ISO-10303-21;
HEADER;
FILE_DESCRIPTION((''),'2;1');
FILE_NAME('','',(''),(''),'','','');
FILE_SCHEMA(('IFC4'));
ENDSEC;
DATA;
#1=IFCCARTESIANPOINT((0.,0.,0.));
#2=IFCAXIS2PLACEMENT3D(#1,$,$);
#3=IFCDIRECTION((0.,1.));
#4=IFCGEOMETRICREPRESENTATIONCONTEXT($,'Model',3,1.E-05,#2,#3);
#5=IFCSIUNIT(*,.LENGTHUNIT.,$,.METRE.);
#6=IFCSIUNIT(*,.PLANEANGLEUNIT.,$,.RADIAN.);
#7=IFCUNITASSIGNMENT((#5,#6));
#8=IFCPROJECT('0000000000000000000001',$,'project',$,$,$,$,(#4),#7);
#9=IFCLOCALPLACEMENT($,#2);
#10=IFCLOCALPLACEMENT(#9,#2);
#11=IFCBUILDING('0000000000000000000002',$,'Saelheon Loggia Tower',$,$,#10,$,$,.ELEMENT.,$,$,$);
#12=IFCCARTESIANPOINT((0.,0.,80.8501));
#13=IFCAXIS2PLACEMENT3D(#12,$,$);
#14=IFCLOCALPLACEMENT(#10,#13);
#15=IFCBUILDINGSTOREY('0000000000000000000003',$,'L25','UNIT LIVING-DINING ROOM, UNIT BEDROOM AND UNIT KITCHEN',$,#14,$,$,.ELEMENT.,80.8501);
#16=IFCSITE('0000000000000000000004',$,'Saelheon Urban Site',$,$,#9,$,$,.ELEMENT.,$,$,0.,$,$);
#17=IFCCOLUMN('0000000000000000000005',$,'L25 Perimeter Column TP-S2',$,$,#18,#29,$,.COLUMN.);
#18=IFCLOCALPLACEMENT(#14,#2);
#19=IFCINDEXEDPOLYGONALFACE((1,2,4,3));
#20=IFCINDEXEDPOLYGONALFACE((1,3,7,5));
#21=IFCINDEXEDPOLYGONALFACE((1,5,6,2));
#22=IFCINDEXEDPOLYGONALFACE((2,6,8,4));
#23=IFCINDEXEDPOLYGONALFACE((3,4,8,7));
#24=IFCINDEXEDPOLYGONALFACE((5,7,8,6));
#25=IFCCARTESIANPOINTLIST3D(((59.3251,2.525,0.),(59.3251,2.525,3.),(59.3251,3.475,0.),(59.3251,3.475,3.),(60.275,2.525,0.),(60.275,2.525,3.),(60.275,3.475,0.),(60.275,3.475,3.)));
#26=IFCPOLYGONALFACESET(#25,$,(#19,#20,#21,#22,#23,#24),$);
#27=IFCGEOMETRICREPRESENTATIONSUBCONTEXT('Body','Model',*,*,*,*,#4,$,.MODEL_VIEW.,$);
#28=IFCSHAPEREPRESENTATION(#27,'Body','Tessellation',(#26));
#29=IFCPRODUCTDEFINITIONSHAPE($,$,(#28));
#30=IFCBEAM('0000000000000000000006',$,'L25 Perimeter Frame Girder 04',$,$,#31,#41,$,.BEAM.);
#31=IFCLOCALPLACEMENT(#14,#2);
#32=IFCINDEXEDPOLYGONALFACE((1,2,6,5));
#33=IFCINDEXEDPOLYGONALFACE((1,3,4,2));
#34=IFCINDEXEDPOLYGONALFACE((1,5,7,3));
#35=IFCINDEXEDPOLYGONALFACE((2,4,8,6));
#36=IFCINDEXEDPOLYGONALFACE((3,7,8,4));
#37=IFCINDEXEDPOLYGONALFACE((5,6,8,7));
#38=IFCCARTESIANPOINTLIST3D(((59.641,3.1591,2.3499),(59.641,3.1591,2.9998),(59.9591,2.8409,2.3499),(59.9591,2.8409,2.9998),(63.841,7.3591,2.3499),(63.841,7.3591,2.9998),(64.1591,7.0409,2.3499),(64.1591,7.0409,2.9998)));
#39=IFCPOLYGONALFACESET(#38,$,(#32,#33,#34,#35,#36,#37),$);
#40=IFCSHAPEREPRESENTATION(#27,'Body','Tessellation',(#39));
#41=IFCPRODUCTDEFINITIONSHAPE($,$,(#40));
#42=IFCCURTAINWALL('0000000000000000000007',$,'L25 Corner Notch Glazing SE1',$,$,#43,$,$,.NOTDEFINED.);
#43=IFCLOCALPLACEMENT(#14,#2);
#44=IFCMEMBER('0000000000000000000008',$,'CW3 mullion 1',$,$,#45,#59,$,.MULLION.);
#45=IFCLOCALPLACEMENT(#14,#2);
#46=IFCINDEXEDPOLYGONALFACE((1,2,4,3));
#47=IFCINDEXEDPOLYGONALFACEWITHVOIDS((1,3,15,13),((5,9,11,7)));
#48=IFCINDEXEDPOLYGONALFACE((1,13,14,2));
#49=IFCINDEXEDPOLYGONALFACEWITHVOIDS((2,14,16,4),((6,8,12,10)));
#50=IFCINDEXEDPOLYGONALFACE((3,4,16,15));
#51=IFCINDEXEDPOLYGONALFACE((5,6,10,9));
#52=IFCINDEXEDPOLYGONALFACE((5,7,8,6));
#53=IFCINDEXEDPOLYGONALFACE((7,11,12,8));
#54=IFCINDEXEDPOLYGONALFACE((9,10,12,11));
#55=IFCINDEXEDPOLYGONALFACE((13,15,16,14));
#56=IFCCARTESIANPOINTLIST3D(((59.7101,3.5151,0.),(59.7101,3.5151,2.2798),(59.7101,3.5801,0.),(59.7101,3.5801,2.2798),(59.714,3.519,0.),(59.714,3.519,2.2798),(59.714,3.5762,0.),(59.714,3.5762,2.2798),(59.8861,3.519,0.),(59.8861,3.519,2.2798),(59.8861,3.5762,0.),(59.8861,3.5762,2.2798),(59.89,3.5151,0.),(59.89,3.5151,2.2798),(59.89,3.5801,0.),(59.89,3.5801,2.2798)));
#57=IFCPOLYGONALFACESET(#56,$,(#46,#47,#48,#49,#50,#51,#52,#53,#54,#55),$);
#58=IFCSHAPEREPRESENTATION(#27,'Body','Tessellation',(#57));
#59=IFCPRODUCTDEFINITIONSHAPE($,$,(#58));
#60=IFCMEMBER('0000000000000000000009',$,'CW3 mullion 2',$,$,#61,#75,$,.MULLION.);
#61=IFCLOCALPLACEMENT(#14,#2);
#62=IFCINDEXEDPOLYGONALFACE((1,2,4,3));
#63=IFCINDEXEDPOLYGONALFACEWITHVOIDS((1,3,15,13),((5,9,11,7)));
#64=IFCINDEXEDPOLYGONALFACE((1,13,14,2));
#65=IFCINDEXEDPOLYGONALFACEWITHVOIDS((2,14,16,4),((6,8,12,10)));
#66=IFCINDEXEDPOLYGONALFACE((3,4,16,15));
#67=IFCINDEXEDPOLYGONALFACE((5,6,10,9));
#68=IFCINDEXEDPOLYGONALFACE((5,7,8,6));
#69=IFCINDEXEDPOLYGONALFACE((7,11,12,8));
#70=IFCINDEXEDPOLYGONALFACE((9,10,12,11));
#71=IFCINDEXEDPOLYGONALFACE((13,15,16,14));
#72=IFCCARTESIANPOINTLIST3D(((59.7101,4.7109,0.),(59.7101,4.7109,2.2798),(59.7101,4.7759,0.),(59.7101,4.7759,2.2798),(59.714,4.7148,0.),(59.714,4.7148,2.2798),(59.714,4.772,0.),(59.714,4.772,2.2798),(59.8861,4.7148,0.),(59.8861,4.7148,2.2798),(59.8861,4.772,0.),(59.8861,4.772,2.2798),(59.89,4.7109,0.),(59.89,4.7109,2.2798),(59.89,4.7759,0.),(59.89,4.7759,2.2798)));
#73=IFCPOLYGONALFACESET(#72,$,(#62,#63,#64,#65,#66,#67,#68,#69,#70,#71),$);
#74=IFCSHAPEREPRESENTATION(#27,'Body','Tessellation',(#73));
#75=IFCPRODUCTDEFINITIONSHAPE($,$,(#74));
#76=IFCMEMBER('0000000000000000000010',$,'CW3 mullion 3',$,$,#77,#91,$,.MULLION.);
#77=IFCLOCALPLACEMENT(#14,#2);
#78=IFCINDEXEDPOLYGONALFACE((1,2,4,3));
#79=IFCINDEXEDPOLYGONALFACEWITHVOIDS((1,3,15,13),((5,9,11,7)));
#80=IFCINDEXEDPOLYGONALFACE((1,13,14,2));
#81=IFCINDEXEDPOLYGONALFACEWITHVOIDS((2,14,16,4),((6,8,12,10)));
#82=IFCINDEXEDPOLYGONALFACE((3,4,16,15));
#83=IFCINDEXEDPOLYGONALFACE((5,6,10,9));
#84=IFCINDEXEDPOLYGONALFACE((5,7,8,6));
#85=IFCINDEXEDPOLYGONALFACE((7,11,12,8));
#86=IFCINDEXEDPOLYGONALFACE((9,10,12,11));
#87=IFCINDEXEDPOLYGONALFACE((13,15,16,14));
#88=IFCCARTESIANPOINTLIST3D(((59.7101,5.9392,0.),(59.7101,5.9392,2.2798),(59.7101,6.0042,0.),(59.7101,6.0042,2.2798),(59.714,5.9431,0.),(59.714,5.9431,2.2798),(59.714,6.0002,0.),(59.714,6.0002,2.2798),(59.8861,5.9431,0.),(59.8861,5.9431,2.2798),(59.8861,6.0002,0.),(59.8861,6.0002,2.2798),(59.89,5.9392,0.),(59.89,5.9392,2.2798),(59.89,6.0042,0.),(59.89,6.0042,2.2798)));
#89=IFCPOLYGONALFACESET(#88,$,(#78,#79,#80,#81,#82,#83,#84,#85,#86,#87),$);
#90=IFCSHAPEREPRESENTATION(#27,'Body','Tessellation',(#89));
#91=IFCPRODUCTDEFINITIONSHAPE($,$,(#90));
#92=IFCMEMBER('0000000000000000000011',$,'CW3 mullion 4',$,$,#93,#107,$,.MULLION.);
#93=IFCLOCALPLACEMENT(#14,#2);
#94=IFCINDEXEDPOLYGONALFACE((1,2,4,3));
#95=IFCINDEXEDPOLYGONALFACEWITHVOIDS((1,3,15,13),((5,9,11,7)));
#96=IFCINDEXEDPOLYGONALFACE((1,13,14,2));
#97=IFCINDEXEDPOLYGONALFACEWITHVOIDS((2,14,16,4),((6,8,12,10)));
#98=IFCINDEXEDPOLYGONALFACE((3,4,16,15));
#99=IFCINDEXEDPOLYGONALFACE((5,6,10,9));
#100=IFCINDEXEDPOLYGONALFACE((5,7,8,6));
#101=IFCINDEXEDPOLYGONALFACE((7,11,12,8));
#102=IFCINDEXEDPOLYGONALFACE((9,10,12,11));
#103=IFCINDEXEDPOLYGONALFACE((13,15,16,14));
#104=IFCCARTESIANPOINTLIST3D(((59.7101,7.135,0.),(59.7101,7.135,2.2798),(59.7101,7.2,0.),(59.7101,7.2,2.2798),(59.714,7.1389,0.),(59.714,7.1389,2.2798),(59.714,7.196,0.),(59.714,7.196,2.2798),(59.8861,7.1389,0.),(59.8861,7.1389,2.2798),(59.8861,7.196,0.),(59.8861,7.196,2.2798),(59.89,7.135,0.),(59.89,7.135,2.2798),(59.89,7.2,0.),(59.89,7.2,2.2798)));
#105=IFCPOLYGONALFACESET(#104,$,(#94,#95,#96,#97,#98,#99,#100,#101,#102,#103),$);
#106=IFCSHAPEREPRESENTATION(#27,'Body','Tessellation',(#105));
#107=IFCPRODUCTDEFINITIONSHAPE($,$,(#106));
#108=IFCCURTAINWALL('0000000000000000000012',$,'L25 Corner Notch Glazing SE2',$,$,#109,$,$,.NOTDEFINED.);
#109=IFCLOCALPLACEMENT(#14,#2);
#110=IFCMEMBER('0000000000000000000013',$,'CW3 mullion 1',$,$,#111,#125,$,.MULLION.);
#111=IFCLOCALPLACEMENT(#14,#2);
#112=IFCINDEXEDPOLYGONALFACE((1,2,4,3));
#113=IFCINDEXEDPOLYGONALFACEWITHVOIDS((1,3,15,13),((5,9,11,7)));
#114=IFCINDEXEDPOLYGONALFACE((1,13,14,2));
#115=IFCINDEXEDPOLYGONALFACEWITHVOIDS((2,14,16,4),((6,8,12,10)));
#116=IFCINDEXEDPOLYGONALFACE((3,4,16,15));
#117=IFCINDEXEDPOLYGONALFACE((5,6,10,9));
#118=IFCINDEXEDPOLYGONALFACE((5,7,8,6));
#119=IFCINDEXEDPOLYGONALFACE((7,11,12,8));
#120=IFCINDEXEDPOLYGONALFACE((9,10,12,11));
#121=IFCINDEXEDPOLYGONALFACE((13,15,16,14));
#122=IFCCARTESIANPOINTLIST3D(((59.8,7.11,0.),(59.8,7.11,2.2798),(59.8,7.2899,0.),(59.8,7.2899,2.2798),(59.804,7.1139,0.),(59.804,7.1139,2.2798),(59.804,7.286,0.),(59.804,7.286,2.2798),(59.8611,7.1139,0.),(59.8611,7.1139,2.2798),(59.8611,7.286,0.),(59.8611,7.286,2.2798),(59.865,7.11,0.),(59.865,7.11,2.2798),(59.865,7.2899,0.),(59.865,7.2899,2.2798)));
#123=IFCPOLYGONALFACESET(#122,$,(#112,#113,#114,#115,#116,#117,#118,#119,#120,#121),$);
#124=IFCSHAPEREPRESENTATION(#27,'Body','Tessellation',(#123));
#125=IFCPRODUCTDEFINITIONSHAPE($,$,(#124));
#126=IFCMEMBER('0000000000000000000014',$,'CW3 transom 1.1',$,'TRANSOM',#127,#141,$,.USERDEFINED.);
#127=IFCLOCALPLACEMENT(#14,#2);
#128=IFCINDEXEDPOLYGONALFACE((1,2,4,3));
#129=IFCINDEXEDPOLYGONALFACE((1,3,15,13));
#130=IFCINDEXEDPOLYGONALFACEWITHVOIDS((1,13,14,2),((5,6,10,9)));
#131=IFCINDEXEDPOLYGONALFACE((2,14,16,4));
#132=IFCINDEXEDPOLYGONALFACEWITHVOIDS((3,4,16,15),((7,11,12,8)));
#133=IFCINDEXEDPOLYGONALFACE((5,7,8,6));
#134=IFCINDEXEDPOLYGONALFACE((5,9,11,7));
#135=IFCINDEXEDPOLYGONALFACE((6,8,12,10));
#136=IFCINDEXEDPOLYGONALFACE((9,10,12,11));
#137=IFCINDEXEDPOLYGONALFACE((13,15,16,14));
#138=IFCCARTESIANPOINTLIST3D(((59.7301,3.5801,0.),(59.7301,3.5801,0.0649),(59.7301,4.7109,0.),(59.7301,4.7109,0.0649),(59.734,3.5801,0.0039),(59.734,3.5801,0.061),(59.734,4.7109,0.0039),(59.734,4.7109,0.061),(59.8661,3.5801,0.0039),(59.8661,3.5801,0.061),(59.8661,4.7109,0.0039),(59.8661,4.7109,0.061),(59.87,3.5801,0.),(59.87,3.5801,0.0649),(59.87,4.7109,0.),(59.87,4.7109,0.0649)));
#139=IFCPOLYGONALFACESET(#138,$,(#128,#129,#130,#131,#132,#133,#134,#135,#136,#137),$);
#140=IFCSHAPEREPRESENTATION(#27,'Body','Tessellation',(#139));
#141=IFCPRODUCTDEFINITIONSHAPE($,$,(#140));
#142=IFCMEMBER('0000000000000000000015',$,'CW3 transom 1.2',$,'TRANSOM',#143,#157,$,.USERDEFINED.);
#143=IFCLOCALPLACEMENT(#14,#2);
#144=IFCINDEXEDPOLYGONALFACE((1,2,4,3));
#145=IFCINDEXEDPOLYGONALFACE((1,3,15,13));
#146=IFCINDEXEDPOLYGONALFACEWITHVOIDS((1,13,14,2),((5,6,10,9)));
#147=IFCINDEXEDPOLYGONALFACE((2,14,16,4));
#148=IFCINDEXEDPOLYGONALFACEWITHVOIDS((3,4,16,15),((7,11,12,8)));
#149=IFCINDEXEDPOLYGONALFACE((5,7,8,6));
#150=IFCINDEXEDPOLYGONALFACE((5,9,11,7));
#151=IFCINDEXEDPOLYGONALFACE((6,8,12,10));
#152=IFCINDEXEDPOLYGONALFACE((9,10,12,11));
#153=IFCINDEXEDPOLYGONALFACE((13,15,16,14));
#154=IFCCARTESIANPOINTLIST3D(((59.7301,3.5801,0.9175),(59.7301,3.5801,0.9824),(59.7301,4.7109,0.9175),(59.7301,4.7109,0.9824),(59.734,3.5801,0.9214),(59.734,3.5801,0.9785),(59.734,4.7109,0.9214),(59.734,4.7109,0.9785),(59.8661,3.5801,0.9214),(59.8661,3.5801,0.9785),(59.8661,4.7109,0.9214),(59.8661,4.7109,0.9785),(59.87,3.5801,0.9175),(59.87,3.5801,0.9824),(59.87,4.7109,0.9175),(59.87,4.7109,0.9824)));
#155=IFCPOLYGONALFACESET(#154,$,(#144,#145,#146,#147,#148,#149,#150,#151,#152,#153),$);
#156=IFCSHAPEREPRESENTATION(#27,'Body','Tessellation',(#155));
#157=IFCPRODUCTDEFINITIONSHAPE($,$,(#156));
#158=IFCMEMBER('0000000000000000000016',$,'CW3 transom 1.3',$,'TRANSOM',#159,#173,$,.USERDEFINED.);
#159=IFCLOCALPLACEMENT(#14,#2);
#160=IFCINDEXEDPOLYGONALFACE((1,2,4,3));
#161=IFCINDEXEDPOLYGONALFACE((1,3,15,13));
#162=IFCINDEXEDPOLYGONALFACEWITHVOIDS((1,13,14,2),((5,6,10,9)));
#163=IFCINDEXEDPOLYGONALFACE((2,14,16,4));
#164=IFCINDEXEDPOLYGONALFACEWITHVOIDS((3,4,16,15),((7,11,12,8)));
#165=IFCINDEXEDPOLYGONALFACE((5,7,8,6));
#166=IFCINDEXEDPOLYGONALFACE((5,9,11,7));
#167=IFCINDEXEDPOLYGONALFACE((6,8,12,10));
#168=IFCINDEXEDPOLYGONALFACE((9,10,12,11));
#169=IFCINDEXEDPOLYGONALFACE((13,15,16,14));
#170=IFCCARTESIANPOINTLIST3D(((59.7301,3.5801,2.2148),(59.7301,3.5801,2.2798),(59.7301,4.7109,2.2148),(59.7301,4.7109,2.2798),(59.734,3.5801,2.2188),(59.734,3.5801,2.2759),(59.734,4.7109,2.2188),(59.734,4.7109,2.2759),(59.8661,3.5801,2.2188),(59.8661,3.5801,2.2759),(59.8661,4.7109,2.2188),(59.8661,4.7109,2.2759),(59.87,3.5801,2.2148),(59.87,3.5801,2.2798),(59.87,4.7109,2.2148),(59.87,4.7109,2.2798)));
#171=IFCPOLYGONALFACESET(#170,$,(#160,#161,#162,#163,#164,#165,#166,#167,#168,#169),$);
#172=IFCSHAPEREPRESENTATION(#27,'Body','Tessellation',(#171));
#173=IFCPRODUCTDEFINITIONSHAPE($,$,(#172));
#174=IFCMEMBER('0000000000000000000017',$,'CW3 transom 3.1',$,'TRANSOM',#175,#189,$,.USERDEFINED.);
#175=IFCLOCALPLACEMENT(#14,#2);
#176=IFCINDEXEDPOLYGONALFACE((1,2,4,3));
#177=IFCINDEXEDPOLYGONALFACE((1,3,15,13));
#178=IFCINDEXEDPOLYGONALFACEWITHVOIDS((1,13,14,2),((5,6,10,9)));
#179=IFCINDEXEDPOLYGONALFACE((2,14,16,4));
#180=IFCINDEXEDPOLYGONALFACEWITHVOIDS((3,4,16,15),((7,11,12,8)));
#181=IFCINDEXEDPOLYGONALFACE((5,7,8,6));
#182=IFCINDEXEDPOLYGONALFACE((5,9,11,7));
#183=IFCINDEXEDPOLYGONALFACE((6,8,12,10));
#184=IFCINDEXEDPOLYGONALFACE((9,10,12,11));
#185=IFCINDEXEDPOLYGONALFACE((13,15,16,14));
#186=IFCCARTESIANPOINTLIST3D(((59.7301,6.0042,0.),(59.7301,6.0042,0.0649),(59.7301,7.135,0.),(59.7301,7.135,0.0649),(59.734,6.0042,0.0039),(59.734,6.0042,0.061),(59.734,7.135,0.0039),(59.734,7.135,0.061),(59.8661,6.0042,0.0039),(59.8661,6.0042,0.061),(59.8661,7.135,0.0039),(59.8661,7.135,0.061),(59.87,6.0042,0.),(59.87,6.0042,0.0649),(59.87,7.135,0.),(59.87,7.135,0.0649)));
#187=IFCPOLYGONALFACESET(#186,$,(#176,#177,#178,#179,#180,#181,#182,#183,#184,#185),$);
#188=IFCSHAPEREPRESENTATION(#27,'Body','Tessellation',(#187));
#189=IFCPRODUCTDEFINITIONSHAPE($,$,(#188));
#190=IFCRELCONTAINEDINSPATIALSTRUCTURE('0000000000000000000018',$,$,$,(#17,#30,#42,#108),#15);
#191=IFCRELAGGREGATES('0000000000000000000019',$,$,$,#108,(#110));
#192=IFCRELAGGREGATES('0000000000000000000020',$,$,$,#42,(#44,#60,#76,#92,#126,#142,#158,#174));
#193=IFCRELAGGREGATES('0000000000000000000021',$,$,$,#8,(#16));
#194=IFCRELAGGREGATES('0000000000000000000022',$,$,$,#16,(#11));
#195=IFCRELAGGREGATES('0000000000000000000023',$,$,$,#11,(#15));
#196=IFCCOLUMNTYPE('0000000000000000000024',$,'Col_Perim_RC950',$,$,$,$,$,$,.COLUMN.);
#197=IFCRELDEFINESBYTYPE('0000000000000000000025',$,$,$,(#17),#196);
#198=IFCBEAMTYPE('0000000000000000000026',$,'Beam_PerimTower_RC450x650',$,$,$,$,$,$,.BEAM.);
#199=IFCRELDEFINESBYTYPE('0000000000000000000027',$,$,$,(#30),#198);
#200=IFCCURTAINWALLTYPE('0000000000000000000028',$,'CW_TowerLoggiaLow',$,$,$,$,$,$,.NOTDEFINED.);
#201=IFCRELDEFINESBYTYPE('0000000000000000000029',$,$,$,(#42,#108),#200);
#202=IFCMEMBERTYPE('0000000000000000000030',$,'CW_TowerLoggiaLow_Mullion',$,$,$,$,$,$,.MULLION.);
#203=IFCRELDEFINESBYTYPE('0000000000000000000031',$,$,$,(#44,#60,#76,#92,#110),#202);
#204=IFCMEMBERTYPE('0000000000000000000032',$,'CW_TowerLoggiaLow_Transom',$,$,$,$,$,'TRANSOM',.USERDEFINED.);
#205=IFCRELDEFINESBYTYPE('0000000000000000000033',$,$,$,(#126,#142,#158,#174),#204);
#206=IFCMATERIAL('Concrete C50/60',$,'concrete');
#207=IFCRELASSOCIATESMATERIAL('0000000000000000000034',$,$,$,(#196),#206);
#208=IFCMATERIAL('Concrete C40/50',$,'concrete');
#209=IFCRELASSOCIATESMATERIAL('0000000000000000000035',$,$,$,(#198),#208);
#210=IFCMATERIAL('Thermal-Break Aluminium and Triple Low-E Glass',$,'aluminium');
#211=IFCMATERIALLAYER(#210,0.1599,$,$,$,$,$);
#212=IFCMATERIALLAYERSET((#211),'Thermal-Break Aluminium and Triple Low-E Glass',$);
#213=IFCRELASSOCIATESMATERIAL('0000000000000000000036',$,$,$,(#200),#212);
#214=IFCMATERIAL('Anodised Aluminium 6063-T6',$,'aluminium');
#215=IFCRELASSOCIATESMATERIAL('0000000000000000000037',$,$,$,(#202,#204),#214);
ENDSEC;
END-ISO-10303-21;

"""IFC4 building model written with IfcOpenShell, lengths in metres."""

from ifc_helpers import new_model, si_unit, direction, frame, origin, origin_2d, place, context, subcontext, project, spatial, rectangle, hollow_rectangle, extrude, source, transform, mapped, material, layer, layer_set, material_profile, profile_set, type_object, element, aggregate, save


model = new_model("IFC4")

# Units and contexts
model_context = context("Model", 3, precision=1e-05, world=origin(), true_north=direction((0.0, 1.0)))
body_context = subcontext(model_context, "Body", "Model", "MODEL_VIEW")
ifc_project = project(units=[si_unit("LENGTHUNIT", "METRE"), si_unit("PLANEANGLEUNIT", "RADIAN")], contexts=[model_context])

# Site, building, storey
site_placement = place(None, origin())
site = spatial("IfcSite", under=ifc_project, at=site_placement, Name="Saelheon Urban Site", CompositionType="ELEMENT", RefElevation=0.0)
building_placement = place(site_placement, origin())
building = spatial("IfcBuilding", under=site, at=building_placement, Name="Saelheon Loggia Tower", CompositionType="ELEMENT")
storey_placement = place(building_placement, frame((0.0, 0.0, 80.8501)))
storey = spatial("IfcBuildingStorey", under=building, at=storey_placement, Name="L25", Description="UNIT LIVING-DINING ROOM, UNIT BEDROOM AND UNIT KITCHEN", CompositionType="ELEMENT", Elevation=80.8501)

# Column
ifc_material_1 = material(Name="Concrete C50/60", Category="concrete")
ifc_material_profile_1 = material_profile(ifc_material_1, rectangle(XDim=0.95, YDim=0.95, at=origin_2d()), Name="RC-950x950")
ifc_profile_set_1 = profile_set([ifc_material_profile_1], Name="Concrete C50/60")
column_type = type_object("IfcColumnType", Name="Col_Perim_RC950", PredefinedType="COLUMN", material=ifc_profile_set_1)
shared_shape_1 = source(origin(), body_context, "Body", "SweptSolid", [
    extrude(rectangle(XDim=0.95, YDim=0.95, at=origin_2d()), origin(), (0.0, 0.0, 1.0), 3.0),
])
column_placement = place(storey_placement, frame((59.8, 3.0, 0.0), z_axis=(0.0, 0.0, 1.0), x_axis=(1.0, 0.0, 0.0)))
element("IfcColumn", 1, at=column_placement, inside=storey, type_object=column_type, Name="L25 Perimeter Column TP-S2", PredefinedType="COLUMN", context=body_context, shape_type="MappedRepresentation", body=[
    mapped(shared_shape_1, transform((0.0, 0.0, 0.0), scale=1.0)),
])

# Beam
ifc_material_2 = material(Name="Concrete C40/50", Category="concrete")
ifc_material_profile_2 = material_profile(ifc_material_2, rectangle(XDim=0.45, YDim=0.6499, at=origin_2d()), Name="RC-450x650")
ifc_profile_set_2 = profile_set([ifc_material_profile_2], Name="Concrete C40/50")
beam_type = type_object("IfcBeamType", Name="Beam_PerimTower_RC450x650", PredefinedType="BEAM", material=ifc_profile_set_2)
shared_shape_2 = source(origin(), body_context, "Body", "SweptSolid", [
    extrude(rectangle(XDim=0.45, YDim=0.6499, at=origin_2d()), origin(), (0.0, 0.0, 1.0), 5.9397),
])
beam_placement = place(storey_placement, frame((59.8, 3.0, 2.6748), z_axis=(0.707107, 0.707107, 0.0), x_axis=(-0.707107, 0.707107, 0.0)))
element("IfcBeam", 2, at=beam_placement, inside=storey, type_object=beam_type, Name="L25 Perimeter Frame Girder 04", PredefinedType="BEAM", context=body_context, shape_type="MappedRepresentation", body=[
    mapped(shared_shape_2, transform((0.0, 0.0, 0.0), scale=1.0)),
])

# Curtain wall, members
ifc_material_3 = material(Name="Thermal-Break Aluminium and Triple Low-E Glass", Category="aluminium")
ifc_layer_1 = layer(ifc_material_3, 0.1599)
ifc_layer_set_1 = layer_set([ifc_layer_1], Name="Thermal-Break Aluminium and Triple Low-E Glass")
curtain_wall_type = type_object("IfcCurtainWallType", Name="CW_TowerLoggiaLow", PredefinedType="NOTDEFINED", material=ifc_layer_set_1)
curtain_wall_1_placement = place(storey_placement, origin())
curtain_wall_1 = element("IfcCurtainWall", 3, at=curtain_wall_1_placement, inside=storey, type_object=curtain_wall_type, Name="L25 Corner Notch Glazing SE1", PredefinedType="NOTDEFINED")
ifc_material_4 = material(Name="Anodised Aluminium 6063-T6", Category="aluminium")
ifc_material_profile_3 = material_profile(ifc_material_4, hollow_rectangle(XDim=0.0649, YDim=0.1799, WallThickness=0.0039, at=origin_2d()), Name="RHS-180x65x4")
ifc_profile_set_3 = profile_set([ifc_material_profile_3], Name="Anodised Aluminium 6063-T6")
member_type_1 = type_object("IfcMemberType", Name="CW_TowerLoggiaLow_Mullion", PredefinedType="MULLION", material=ifc_profile_set_3)
shared_shape_3 = source(origin(), body_context, "Body", "SweptSolid", [
    extrude(hollow_rectangle(XDim=0.0649, YDim=0.1799, WallThickness=0.0039, at=origin_2d()), origin(), (0.0, 0.0, 1.0), 2.2798),
])
member_1_placement = place(storey_placement, frame((59.8, 3.5476, 0.0), z_axis=(0.0, 0.0, 1.0), x_axis=(0.0, 1.0, 0.0)))
member_1 = element("IfcMember", 4, at=member_1_placement, type_object=member_type_1, Name="CW3 mullion 1", PredefinedType="MULLION", context=body_context, shape_type="MappedRepresentation", body=[
    mapped(shared_shape_3, transform((0.0, 0.0, 0.0), scale=1.0)),
])
member_2_placement = place(storey_placement, frame((59.8, 4.7434, 0.0), z_axis=(0.0, 0.0, 1.0), x_axis=(0.0, 1.0, 0.0)))
member_2 = element("IfcMember", 5, at=member_2_placement, type_object=member_type_1, Name="CW3 mullion 2", PredefinedType="MULLION", context=body_context, shape_type="MappedRepresentation", body=[
    mapped(shared_shape_3, transform((0.0, 0.0, 0.0), scale=1.0)),
])
member_3_placement = place(storey_placement, frame((59.8, 5.9717, 0.0), z_axis=(0.0, 0.0, 1.0), x_axis=(0.0, 1.0, 0.0)))
member_3 = element("IfcMember", 6, at=member_3_placement, type_object=member_type_1, Name="CW3 mullion 3", PredefinedType="MULLION", context=body_context, shape_type="MappedRepresentation", body=[
    mapped(shared_shape_3, transform((0.0, 0.0, 0.0), scale=1.0)),
])
member_4_placement = place(storey_placement, frame((59.8, 7.1675, 0.0), z_axis=(0.0, 0.0, 1.0), x_axis=(0.0, 1.0, 0.0)))
member_4 = element("IfcMember", 7, at=member_4_placement, type_object=member_type_1, Name="CW3 mullion 4", PredefinedType="MULLION", context=body_context, shape_type="MappedRepresentation", body=[
    mapped(shared_shape_3, transform((0.0, 0.0, 0.0), scale=1.0)),
])

# Curtain wall, member
curtain_wall_2_placement = place(storey_placement, origin())
curtain_wall_2 = element("IfcCurtainWall", 8, at=curtain_wall_2_placement, inside=storey, type_object=curtain_wall_type, Name="L25 Corner Notch Glazing SE2", PredefinedType="NOTDEFINED")
member_5_placement = place(storey_placement, frame((59.8325, 7.2, 0.0), z_axis=(0.0, 0.0, 1.0), x_axis=(1.0, 0.0, 0.0)))
member_5 = element("IfcMember", 9, at=member_5_placement, type_object=member_type_1, Name="CW3 mullion 1", PredefinedType="MULLION", context=body_context, shape_type="MappedRepresentation", body=[
    mapped(shared_shape_3, transform((0.0, 0.0, 0.0), scale=1.0)),
])

# Members
ifc_material_profile_4 = material_profile(ifc_material_4, hollow_rectangle(XDim=0.0649, YDim=0.1399, WallThickness=0.0039, at=origin_2d()), Name="RHS-140x65x4")
ifc_profile_set_4 = profile_set([ifc_material_profile_4], Name="Anodised Aluminium 6063-T6")
member_type_2 = type_object("IfcMemberType", Name="CW_TowerLoggiaLow_Transom", ElementType="TRANSOM", PredefinedType="USERDEFINED", material=ifc_profile_set_4)
shared_shape_4 = source(origin(), body_context, "Body", "SweptSolid", [
    extrude(hollow_rectangle(XDim=0.0649, YDim=0.1399, WallThickness=0.0039, at=origin_2d()), origin(), (0.0, 0.0, 1.0), 1.1309),
])
member_6_placement = place(storey_placement, frame((59.8, 3.5801, 0.0325), z_axis=(0.0, 1.0, 0.0), x_axis=(0.0, 0.0, 1.0)))
member_6 = element("IfcMember", 10, at=member_6_placement, type_object=member_type_2, Name="CW3 transom 1.1", ObjectType="TRANSOM", PredefinedType="USERDEFINED", context=body_context, shape_type="MappedRepresentation", body=[
    mapped(shared_shape_4, transform((0.0, 0.0, 0.0), scale=1.0)),
])
member_7_placement = place(storey_placement, frame((59.8, 3.5801, 0.95), z_axis=(0.0, 1.0, 0.0), x_axis=(0.0, 0.0, 1.0)))
member_7 = element("IfcMember", 11, at=member_7_placement, type_object=member_type_2, Name="CW3 transom 1.2", ObjectType="TRANSOM", PredefinedType="USERDEFINED", context=body_context, shape_type="MappedRepresentation", body=[
    mapped(shared_shape_4, transform((0.0, 0.0, 0.0), scale=1.0)),
])
member_8_placement = place(storey_placement, frame((59.8, 3.5801, 2.2473), z_axis=(0.0, 1.0, 0.0), x_axis=(0.0, 0.0, 1.0)))
member_8 = element("IfcMember", 12, at=member_8_placement, type_object=member_type_2, Name="CW3 transom 1.3", ObjectType="TRANSOM", PredefinedType="USERDEFINED", context=body_context, shape_type="MappedRepresentation", body=[
    mapped(shared_shape_4, transform((0.0, 0.0, 0.0), scale=1.0)),
])
member_9_placement = place(storey_placement, frame((59.8, 6.0042, 0.0325), z_axis=(0.0, 1.0, 0.0), x_axis=(0.0, 0.0, 1.0)))
member_9 = element("IfcMember", 13, at=member_9_placement, type_object=member_type_2, Name="CW3 transom 3.1", ObjectType="TRANSOM", PredefinedType="USERDEFINED", context=body_context, shape_type="MappedRepresentation", body=[
    mapped(shared_shape_4, transform((0.0, 0.0, 0.0), scale=1.0)),
])
aggregate(curtain_wall_2, [member_5])

aggregate(curtain_wall_1, [member_1, member_2, member_3, member_4, member_6, member_7, member_8, member_9])

save(model, "model.ifc")
